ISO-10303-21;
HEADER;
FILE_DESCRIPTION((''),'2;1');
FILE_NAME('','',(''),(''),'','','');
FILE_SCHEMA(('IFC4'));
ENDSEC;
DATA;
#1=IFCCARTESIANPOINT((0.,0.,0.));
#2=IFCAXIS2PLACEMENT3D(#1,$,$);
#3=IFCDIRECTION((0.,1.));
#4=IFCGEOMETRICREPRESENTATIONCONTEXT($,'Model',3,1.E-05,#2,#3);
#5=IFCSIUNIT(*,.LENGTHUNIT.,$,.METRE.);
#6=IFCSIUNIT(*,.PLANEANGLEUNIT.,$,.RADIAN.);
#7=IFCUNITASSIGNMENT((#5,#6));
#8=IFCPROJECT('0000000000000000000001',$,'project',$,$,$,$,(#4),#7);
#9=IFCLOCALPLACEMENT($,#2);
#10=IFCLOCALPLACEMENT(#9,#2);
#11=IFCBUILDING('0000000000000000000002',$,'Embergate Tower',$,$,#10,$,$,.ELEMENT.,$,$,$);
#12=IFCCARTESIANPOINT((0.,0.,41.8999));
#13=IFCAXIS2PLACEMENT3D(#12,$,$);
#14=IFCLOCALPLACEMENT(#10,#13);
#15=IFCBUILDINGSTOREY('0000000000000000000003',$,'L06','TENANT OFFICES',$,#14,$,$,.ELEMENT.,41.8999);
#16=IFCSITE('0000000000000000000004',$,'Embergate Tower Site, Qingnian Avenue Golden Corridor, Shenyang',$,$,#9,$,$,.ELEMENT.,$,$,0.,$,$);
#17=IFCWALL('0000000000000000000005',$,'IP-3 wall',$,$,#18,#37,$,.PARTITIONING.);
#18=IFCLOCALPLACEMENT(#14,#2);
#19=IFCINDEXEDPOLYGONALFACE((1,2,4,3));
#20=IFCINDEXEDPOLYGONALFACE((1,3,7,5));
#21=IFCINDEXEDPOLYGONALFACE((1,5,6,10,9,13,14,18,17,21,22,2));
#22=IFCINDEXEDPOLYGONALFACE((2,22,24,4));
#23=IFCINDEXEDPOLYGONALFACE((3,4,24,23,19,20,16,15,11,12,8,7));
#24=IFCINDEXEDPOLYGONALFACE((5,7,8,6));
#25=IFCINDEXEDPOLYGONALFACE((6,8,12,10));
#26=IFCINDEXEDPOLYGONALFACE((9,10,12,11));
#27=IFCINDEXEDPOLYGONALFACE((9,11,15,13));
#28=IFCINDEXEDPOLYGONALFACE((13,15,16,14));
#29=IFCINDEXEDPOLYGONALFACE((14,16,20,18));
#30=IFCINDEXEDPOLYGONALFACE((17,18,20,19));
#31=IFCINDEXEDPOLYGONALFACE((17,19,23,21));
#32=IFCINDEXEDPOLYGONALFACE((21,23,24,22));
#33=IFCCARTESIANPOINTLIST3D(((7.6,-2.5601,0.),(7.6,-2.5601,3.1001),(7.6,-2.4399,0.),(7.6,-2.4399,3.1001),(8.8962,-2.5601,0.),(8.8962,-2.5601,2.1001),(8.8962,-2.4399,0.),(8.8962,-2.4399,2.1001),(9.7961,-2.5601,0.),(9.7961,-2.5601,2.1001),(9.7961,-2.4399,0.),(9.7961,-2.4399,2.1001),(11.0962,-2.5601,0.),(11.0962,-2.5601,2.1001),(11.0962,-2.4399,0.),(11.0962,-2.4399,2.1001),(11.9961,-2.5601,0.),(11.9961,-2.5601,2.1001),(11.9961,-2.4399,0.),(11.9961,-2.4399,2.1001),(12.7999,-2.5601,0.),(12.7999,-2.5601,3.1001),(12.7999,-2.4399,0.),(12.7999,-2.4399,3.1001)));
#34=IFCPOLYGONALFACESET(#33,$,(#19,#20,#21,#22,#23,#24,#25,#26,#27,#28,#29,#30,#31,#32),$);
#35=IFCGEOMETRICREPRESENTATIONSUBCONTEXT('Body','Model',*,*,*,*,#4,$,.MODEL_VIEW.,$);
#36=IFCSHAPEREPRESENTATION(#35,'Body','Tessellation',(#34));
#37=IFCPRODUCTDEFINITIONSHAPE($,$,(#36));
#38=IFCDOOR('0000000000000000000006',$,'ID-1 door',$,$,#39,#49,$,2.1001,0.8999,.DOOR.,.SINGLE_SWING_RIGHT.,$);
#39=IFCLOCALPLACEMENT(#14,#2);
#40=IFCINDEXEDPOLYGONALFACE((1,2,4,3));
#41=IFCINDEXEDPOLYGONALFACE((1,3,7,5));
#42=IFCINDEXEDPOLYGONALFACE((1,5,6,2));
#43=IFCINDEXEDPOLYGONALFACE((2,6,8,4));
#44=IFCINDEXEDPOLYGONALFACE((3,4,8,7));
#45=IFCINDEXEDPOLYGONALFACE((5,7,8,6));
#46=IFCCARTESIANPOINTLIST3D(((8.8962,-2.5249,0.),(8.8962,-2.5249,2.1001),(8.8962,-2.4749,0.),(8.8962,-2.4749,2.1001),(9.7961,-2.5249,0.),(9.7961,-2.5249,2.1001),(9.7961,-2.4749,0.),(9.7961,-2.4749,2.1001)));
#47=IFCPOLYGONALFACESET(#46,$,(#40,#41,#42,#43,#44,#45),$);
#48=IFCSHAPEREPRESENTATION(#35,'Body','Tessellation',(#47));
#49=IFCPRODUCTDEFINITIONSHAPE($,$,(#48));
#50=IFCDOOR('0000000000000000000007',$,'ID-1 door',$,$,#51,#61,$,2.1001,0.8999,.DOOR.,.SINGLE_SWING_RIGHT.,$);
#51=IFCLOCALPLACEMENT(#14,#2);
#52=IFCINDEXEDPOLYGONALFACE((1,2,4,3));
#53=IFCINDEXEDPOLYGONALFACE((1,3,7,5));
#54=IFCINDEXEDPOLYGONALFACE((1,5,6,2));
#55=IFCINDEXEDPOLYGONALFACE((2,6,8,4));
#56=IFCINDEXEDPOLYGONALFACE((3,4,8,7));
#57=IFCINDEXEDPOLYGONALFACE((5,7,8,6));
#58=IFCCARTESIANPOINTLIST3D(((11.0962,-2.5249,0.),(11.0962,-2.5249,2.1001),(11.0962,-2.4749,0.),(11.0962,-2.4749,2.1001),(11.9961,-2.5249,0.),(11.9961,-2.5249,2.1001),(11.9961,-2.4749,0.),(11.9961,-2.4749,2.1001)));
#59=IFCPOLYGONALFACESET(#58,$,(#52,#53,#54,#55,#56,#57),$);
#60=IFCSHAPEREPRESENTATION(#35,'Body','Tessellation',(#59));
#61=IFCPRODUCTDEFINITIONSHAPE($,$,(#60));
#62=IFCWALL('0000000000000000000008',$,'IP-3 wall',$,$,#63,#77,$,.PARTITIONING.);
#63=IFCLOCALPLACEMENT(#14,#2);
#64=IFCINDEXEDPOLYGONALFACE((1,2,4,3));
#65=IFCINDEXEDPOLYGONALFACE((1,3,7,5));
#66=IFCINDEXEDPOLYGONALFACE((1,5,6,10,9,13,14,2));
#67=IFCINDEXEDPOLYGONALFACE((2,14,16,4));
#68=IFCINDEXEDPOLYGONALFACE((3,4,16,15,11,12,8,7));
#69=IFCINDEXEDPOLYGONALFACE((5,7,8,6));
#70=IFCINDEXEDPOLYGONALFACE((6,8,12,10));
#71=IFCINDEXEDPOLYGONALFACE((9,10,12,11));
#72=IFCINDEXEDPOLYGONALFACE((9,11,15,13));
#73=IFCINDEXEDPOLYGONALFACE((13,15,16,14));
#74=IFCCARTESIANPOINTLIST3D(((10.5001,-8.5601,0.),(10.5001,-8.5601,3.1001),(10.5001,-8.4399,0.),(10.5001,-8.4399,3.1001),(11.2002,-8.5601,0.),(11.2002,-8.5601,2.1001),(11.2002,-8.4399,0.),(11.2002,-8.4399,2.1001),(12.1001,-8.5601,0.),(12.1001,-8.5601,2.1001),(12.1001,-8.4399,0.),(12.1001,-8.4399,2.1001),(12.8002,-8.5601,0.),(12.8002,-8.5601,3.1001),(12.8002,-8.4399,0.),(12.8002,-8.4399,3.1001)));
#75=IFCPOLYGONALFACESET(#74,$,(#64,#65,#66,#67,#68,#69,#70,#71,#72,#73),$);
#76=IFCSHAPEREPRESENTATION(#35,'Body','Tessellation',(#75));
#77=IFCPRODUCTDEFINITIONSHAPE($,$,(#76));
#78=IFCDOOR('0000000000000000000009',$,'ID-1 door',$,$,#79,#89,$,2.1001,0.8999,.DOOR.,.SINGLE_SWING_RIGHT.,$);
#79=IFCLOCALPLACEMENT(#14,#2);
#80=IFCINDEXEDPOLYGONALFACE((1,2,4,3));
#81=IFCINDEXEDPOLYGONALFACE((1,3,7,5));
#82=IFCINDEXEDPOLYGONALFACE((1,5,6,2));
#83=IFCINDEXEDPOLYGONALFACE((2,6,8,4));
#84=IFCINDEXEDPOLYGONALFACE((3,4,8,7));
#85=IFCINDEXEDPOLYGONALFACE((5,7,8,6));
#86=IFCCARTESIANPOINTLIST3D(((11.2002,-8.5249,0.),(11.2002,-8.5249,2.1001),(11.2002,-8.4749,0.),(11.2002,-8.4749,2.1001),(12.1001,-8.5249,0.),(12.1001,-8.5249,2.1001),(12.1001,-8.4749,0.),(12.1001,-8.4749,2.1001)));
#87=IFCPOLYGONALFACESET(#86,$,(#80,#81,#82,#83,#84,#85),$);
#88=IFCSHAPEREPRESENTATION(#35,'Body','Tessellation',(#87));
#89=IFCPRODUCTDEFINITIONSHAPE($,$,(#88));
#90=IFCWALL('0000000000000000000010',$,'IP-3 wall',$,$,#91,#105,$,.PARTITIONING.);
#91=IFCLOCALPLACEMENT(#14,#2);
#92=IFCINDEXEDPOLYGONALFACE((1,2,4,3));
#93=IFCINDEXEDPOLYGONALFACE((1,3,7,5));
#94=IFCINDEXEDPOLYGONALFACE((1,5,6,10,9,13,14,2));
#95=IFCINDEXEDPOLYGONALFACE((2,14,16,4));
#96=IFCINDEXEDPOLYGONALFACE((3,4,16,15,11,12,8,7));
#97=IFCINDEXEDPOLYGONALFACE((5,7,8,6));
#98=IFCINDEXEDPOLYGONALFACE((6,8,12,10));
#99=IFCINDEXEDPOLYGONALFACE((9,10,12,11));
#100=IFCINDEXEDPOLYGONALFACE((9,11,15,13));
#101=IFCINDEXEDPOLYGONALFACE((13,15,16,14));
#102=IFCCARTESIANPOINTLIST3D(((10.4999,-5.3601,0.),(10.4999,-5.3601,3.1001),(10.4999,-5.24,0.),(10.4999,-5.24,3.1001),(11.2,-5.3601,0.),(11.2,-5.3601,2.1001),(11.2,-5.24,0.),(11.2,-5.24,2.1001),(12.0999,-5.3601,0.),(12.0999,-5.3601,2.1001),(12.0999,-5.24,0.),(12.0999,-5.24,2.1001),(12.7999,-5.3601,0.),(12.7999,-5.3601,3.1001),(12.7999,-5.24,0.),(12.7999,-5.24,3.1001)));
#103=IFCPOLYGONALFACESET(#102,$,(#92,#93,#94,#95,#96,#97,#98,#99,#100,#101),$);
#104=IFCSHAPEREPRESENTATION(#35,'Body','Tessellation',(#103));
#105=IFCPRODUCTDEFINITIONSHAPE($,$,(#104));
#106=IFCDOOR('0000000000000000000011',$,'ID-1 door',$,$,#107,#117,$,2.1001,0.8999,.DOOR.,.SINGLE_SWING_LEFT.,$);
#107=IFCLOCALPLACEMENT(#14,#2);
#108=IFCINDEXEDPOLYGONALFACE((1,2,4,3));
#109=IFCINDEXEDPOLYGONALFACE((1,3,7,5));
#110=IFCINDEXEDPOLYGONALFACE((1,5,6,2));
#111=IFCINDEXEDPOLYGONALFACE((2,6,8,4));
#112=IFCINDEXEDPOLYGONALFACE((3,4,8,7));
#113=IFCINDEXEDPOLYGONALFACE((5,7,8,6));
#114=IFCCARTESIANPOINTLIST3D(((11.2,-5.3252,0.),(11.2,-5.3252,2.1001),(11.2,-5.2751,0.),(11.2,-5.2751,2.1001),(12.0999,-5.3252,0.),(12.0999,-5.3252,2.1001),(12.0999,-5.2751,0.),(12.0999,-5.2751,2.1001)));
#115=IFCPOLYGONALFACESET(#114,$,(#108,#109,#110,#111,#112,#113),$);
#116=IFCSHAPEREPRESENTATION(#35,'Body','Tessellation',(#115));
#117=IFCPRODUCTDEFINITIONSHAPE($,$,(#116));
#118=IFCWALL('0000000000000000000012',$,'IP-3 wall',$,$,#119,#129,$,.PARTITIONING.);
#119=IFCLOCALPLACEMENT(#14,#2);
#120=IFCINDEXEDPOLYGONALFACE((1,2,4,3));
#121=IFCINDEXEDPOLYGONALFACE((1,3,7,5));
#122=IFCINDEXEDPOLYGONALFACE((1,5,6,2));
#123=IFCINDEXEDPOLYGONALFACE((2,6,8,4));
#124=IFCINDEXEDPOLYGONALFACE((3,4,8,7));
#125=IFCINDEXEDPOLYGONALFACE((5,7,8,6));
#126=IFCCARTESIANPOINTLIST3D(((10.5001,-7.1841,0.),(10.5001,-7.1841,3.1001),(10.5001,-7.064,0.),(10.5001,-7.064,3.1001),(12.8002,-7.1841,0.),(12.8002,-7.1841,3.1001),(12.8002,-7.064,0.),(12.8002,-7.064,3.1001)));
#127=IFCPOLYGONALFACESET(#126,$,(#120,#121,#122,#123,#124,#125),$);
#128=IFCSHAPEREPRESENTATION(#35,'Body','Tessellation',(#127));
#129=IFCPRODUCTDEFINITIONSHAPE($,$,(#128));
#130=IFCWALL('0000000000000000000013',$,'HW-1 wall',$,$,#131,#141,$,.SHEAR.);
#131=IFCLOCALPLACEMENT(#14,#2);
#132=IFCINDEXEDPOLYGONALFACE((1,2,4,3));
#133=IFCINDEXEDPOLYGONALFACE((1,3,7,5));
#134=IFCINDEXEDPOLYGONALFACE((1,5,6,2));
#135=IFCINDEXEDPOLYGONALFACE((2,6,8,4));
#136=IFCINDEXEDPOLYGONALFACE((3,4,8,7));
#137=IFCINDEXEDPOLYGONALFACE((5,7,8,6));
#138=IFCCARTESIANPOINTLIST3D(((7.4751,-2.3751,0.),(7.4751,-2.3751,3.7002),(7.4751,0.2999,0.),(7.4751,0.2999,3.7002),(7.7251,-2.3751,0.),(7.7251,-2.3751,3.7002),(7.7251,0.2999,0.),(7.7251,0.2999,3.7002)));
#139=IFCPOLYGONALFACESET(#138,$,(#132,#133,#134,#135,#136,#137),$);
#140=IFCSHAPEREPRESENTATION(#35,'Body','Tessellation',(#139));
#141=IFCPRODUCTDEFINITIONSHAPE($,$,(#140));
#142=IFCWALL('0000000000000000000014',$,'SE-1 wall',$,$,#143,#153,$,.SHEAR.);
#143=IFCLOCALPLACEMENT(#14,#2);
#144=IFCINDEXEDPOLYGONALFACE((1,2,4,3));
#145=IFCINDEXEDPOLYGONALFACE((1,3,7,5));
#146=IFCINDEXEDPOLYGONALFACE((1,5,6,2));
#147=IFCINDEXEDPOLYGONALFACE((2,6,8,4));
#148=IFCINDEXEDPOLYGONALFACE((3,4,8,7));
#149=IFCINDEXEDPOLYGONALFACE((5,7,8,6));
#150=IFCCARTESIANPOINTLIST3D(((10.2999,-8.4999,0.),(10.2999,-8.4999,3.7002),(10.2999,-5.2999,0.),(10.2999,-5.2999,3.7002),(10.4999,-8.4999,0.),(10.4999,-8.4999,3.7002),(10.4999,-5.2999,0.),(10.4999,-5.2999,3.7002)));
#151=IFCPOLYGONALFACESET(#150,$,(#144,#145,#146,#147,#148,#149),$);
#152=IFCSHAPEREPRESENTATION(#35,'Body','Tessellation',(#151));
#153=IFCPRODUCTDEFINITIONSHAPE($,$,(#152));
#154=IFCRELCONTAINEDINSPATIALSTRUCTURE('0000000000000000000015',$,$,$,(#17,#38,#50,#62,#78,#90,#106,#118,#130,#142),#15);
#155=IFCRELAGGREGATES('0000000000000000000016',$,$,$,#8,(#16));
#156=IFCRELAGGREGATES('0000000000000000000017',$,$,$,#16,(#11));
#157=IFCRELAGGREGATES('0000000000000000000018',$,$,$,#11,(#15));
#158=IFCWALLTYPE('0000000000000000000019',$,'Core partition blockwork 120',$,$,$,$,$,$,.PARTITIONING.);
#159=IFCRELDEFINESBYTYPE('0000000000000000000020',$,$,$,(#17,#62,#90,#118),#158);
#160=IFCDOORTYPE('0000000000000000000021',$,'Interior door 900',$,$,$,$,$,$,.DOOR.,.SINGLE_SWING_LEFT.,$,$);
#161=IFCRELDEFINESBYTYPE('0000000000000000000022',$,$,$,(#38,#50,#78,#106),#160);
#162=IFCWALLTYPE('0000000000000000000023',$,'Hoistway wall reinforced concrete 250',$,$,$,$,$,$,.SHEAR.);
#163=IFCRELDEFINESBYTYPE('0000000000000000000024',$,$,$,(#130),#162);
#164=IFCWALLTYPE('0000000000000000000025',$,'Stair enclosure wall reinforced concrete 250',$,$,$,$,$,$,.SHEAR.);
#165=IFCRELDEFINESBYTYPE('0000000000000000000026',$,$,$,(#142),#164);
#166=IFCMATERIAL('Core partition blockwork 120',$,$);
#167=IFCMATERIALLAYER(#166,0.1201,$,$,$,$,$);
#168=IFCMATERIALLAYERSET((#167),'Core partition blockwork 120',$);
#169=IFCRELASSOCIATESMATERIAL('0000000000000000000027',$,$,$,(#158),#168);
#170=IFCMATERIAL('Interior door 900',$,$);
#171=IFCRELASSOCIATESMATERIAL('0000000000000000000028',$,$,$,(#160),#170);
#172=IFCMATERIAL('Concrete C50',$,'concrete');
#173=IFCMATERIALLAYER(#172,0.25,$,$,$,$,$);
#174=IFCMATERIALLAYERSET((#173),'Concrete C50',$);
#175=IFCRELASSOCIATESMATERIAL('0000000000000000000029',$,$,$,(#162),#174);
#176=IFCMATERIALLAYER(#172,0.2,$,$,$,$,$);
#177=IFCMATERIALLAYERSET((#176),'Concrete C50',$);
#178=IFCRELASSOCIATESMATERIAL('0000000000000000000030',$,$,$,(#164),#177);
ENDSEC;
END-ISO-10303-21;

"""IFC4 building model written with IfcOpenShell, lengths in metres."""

from ifc_helpers import new_model, si_unit, direction, frame, frame_2d, origin, place, context, subcontext, project, spatial, rectangle, extrude, source, transform, mapped, material, layer, layer_set, type_object, element, fill, save


model = new_model("IFC4")

# Units and contexts
model_context = context("Model", 3, precision=1e-05, world=origin(), true_north=direction((0.0, 1.0)))
body_context = subcontext(model_context, "Body", "Model", "MODEL_VIEW")
ifc_project = project(units=[si_unit("LENGTHUNIT", "METRE"), si_unit("PLANEANGLEUNIT", "RADIAN")], contexts=[model_context])

# Site, building, storey
site_placement = place(None, origin())
site = spatial("IfcSite", under=ifc_project, at=site_placement, Name="Embergate Tower Site, Qingnian Avenue Golden Corridor, Shenyang", CompositionType="ELEMENT", RefElevation=0.0)
building_placement = place(site_placement, origin())
building = spatial("IfcBuilding", under=site, at=building_placement, Name="Embergate Tower", CompositionType="ELEMENT")
storey_placement = place(building_placement, frame((0.0, 0.0, 41.8999)))
storey = spatial("IfcBuildingStorey", under=building, at=storey_placement, Name="L06", Description="TENANT OFFICES", CompositionType="ELEMENT", Elevation=41.8999)

# Shared definitions
ifc_material_1 = material(Name="Core partition blockwork 120")
ifc_layer_1 = layer(ifc_material_1, 0.1201)
ifc_layer_set_1 = layer_set([ifc_layer_1], Name="Core partition blockwork 120")
wall_type_1 = type_object("IfcWallType", Name="Core partition blockwork 120", PredefinedType="PARTITIONING", material=ifc_layer_set_1)
shared_shape_1 = source(origin(), body_context, "Body", "SweptSolid", [
    extrude(rectangle(XDim=0.8999, YDim=2.1001, at=frame_2d((0.45, 1.05))), frame((0.0, 0.0701, 0.0), z_axis=(0.0, -1.0, 0.0), x_axis=(1.0, 0.0, 0.0)), (0.0, 0.0, 1.0), 0.1401),
])
ifc_material_2 = material(Name="Interior door 900")
door_type_1 = type_object("IfcDoorType", Name="Interior door 900", OperationType="SINGLE_SWING_LEFT", PredefinedType="DOOR", material=ifc_material_2)
shared_shape_2 = source(origin(), body_context, "Body", "SweptSolid", [
    extrude(rectangle(XDim=0.8999, YDim=2.1001, at=frame_2d((0.45, 1.05))), frame((0.0, 0.0249, 0.0), z_axis=(0.0, -1.0, 0.0), x_axis=(1.0, 0.0, 0.0)), (0.0, 0.0, 1.0), 0.05),
])

# Wall, openings, doors
shared_shape_3 = source(origin(), body_context, "Body", "SweptSolid", [
    extrude(rectangle(XDim=5.2, YDim=0.1201, at=frame_2d((2.6001, 0.0))), origin(), (0.0, 0.0, 1.0), 3.1001),
])
wall_1_placement = place(storey_placement, frame((12.8, -2.5, 0.0), z_axis=(0.0, 0.0, 1.0), x_axis=(-1.0, 0.0, 0.0)))
wall_1 = element("IfcWall", 1, at=wall_1_placement, inside=storey, type_object=wall_type_1, Name="IP-3 wall", PredefinedType="PARTITIONING", context=body_context, shape_type="MappedRepresentation", body=[
    mapped(shared_shape_3, transform((0.0, 0.0, 0.0))),
])
opening_1_placement = place(wall_1_placement, frame((3.0039, 0.0, 0.0)))
opening_1 = element("IfcOpeningElement", 2, at=opening_1_placement, cuts=wall_1, PredefinedType="OPENING", context=body_context, shape_type="MappedRepresentation", body=[
    mapped(shared_shape_1, transform((0.0, 0.0, 0.0))),
])
opening_2_placement = place(wall_1_placement, frame((0.804, 0.0, 0.0)))
opening_2 = element("IfcOpeningElement", 3, at=opening_2_placement, cuts=wall_1, PredefinedType="OPENING", context=body_context, shape_type="MappedRepresentation", body=[
    mapped(shared_shape_1, transform((0.0, 0.0, 0.0))),
])
door_1_placement = place(opening_1_placement, origin())
door_1 = element("IfcDoor", 4, at=door_1_placement, inside=storey, type_object=door_type_1, Name="ID-1 door", OperationType="SINGLE_SWING_RIGHT", OverallHeight=2.1001, OverallWidth=0.8999, PredefinedType="DOOR", context=body_context, shape_type="MappedRepresentation", body=[
    mapped(shared_shape_2, transform((0.0, 0.0, 0.0))),
])
fill(opening_1, door_1)
door_2_placement = place(opening_2_placement, origin())
door_2 = element("IfcDoor", 5, at=door_2_placement, inside=storey, type_object=door_type_1, Name="ID-1 door", OperationType="SINGLE_SWING_RIGHT", OverallHeight=2.1001, OverallWidth=0.8999, PredefinedType="DOOR", context=body_context, shape_type="MappedRepresentation", body=[
    mapped(shared_shape_2, transform((0.0, 0.0, 0.0))),
])
fill(opening_2, door_2)

# Walls, openings, doors
shared_shape_4 = source(origin(), body_context, "Body", "SweptSolid", [
    extrude(rectangle(XDim=2.3, YDim=0.1201, at=frame_2d((1.1499, 0.0))), origin(), (0.0, 0.0, 1.0), 3.1001),
])
wall_2_placement = place(storey_placement, frame((12.8, -8.5, 0.0), z_axis=(0.0, 0.0, 1.0), x_axis=(-1.0, 0.0, 0.0)))
wall_2 = element("IfcWall", 6, at=wall_2_placement, inside=storey, type_object=wall_type_1, Name="IP-3 wall", PredefinedType="PARTITIONING", context=body_context, shape_type="MappedRepresentation", body=[
    mapped(shared_shape_4, transform((0.0, 0.0, 0.0))),
])
opening_3_placement = place(wall_2_placement, frame((0.7, 0.0, 0.0)))
opening_3 = element("IfcOpeningElement", 7, at=opening_3_placement, cuts=wall_2, PredefinedType="OPENING", context=body_context, shape_type="MappedRepresentation", body=[
    mapped(shared_shape_1, transform((0.0, 0.0, 0.0))),
])
door_3_placement = place(opening_3_placement, origin())
door_3 = element("IfcDoor", 8, at=door_3_placement, inside=storey, type_object=door_type_1, Name="ID-1 door", OperationType="SINGLE_SWING_RIGHT", OverallHeight=2.1001, OverallWidth=0.8999, PredefinedType="DOOR", context=body_context, shape_type="MappedRepresentation", body=[
    mapped(shared_shape_2, transform((0.0, 0.0, 0.0))),
])
fill(opening_3, door_3)
wall_3_placement = place(storey_placement, frame((10.5, -5.3, 0.0), z_axis=(0.0, 0.0, 1.0), x_axis=(1.0, 0.0, 0.0)))
wall_3 = element("IfcWall", 9, at=wall_3_placement, inside=storey, type_object=wall_type_1, Name="IP-3 wall", PredefinedType="PARTITIONING", context=body_context, shape_type="MappedRepresentation", body=[
    mapped(shared_shape_4, transform((0.0, 0.0, 0.0))),
])
opening_4_placement = place(wall_3_placement, frame((0.7, 0.0, 0.0)))
opening_4 = element("IfcOpeningElement", 10, at=opening_4_placement, cuts=wall_3, PredefinedType="OPENING", context=body_context, shape_type="MappedRepresentation", body=[
    mapped(shared_shape_1, transform((0.0, 0.0, 0.0))),
])
door_4_placement = place(opening_4_placement, origin())
door_4 = element("IfcDoor", 11, at=door_4_placement, inside=storey, type_object=door_type_1, Name="ID-1 door", OperationType="SINGLE_SWING_LEFT", OverallHeight=2.1001, OverallWidth=0.8999, PredefinedType="DOOR", context=body_context, shape_type="MappedRepresentation", body=[
    mapped(shared_shape_2, transform((0.0, 0.0, 0.0))),
])
fill(opening_4, door_4)

# Walls
wall_4_placement = place(storey_placement, frame((12.8, -7.124, 0.0), z_axis=(0.0, 0.0, 1.0), x_axis=(-1.0, 0.0, 0.0)))
element("IfcWall", 12, at=wall_4_placement, inside=storey, type_object=wall_type_1, Name="IP-3 wall", PredefinedType="PARTITIONING", context=body_context, shape_type="MappedRepresentation", body=[
    mapped(shared_shape_4, transform((0.0, 0.0, 0.0))),
])
ifc_material_3 = material(Name="Concrete C50", Category="concrete")
ifc_layer_2 = layer(ifc_material_3, 0.25)
ifc_layer_set_2 = layer_set([ifc_layer_2], Name="Concrete C50")
wall_type_2 = type_object("IfcWallType", Name="Hoistway wall reinforced concrete 250", PredefinedType="SHEAR", material=ifc_layer_set_2)
shared_shape_5 = source(origin(), body_context, "Body", "SweptSolid", [
    extrude(rectangle(XDim=2.675, YDim=0.25, at=frame_2d((1.3374, 0.0))), origin(), (0.0, 0.0, 1.0), 3.7002),
])
wall_5_placement = place(storey_placement, frame((7.6001, -2.375, 0.0), z_axis=(0.0, 0.0, 1.0), x_axis=(0.0, 1.0, 0.0)))
element("IfcWall", 13, at=wall_5_placement, inside=storey, type_object=wall_type_2, Name="HW-1 wall", PredefinedType="SHEAR", context=body_context, shape_type="MappedRepresentation", body=[
    mapped(shared_shape_5, transform((0.0, 0.0, 0.0))),
])
ifc_layer_3 = layer(ifc_material_3, 0.2)
ifc_layer_set_3 = layer_set([ifc_layer_3], Name="Concrete C50")
wall_type_3 = type_object("IfcWallType", Name="Stair enclosure wall reinforced concrete 250", PredefinedType="SHEAR", material=ifc_layer_set_3)
shared_shape_6 = source(origin(), body_context, "Body", "SweptSolid", [
    extrude(rectangle(XDim=3.2, YDim=0.2, at=frame_2d((1.6001, 0.0))), origin(), (0.0, 0.0, 1.0), 3.7002),
])
wall_6_placement = place(storey_placement, frame((10.3999, -8.5, 0.0), z_axis=(0.0, 0.0, 1.0), x_axis=(0.0, 1.0, 0.0)))
element("IfcWall", 14, at=wall_6_placement, inside=storey, type_object=wall_type_3, Name="SE-1 wall", PredefinedType="SHEAR", context=body_context, shape_type="MappedRepresentation", body=[
    mapped(shared_shape_6, transform((0.0, 0.0, 0.0))),
])

save(model, "model.ifc")
